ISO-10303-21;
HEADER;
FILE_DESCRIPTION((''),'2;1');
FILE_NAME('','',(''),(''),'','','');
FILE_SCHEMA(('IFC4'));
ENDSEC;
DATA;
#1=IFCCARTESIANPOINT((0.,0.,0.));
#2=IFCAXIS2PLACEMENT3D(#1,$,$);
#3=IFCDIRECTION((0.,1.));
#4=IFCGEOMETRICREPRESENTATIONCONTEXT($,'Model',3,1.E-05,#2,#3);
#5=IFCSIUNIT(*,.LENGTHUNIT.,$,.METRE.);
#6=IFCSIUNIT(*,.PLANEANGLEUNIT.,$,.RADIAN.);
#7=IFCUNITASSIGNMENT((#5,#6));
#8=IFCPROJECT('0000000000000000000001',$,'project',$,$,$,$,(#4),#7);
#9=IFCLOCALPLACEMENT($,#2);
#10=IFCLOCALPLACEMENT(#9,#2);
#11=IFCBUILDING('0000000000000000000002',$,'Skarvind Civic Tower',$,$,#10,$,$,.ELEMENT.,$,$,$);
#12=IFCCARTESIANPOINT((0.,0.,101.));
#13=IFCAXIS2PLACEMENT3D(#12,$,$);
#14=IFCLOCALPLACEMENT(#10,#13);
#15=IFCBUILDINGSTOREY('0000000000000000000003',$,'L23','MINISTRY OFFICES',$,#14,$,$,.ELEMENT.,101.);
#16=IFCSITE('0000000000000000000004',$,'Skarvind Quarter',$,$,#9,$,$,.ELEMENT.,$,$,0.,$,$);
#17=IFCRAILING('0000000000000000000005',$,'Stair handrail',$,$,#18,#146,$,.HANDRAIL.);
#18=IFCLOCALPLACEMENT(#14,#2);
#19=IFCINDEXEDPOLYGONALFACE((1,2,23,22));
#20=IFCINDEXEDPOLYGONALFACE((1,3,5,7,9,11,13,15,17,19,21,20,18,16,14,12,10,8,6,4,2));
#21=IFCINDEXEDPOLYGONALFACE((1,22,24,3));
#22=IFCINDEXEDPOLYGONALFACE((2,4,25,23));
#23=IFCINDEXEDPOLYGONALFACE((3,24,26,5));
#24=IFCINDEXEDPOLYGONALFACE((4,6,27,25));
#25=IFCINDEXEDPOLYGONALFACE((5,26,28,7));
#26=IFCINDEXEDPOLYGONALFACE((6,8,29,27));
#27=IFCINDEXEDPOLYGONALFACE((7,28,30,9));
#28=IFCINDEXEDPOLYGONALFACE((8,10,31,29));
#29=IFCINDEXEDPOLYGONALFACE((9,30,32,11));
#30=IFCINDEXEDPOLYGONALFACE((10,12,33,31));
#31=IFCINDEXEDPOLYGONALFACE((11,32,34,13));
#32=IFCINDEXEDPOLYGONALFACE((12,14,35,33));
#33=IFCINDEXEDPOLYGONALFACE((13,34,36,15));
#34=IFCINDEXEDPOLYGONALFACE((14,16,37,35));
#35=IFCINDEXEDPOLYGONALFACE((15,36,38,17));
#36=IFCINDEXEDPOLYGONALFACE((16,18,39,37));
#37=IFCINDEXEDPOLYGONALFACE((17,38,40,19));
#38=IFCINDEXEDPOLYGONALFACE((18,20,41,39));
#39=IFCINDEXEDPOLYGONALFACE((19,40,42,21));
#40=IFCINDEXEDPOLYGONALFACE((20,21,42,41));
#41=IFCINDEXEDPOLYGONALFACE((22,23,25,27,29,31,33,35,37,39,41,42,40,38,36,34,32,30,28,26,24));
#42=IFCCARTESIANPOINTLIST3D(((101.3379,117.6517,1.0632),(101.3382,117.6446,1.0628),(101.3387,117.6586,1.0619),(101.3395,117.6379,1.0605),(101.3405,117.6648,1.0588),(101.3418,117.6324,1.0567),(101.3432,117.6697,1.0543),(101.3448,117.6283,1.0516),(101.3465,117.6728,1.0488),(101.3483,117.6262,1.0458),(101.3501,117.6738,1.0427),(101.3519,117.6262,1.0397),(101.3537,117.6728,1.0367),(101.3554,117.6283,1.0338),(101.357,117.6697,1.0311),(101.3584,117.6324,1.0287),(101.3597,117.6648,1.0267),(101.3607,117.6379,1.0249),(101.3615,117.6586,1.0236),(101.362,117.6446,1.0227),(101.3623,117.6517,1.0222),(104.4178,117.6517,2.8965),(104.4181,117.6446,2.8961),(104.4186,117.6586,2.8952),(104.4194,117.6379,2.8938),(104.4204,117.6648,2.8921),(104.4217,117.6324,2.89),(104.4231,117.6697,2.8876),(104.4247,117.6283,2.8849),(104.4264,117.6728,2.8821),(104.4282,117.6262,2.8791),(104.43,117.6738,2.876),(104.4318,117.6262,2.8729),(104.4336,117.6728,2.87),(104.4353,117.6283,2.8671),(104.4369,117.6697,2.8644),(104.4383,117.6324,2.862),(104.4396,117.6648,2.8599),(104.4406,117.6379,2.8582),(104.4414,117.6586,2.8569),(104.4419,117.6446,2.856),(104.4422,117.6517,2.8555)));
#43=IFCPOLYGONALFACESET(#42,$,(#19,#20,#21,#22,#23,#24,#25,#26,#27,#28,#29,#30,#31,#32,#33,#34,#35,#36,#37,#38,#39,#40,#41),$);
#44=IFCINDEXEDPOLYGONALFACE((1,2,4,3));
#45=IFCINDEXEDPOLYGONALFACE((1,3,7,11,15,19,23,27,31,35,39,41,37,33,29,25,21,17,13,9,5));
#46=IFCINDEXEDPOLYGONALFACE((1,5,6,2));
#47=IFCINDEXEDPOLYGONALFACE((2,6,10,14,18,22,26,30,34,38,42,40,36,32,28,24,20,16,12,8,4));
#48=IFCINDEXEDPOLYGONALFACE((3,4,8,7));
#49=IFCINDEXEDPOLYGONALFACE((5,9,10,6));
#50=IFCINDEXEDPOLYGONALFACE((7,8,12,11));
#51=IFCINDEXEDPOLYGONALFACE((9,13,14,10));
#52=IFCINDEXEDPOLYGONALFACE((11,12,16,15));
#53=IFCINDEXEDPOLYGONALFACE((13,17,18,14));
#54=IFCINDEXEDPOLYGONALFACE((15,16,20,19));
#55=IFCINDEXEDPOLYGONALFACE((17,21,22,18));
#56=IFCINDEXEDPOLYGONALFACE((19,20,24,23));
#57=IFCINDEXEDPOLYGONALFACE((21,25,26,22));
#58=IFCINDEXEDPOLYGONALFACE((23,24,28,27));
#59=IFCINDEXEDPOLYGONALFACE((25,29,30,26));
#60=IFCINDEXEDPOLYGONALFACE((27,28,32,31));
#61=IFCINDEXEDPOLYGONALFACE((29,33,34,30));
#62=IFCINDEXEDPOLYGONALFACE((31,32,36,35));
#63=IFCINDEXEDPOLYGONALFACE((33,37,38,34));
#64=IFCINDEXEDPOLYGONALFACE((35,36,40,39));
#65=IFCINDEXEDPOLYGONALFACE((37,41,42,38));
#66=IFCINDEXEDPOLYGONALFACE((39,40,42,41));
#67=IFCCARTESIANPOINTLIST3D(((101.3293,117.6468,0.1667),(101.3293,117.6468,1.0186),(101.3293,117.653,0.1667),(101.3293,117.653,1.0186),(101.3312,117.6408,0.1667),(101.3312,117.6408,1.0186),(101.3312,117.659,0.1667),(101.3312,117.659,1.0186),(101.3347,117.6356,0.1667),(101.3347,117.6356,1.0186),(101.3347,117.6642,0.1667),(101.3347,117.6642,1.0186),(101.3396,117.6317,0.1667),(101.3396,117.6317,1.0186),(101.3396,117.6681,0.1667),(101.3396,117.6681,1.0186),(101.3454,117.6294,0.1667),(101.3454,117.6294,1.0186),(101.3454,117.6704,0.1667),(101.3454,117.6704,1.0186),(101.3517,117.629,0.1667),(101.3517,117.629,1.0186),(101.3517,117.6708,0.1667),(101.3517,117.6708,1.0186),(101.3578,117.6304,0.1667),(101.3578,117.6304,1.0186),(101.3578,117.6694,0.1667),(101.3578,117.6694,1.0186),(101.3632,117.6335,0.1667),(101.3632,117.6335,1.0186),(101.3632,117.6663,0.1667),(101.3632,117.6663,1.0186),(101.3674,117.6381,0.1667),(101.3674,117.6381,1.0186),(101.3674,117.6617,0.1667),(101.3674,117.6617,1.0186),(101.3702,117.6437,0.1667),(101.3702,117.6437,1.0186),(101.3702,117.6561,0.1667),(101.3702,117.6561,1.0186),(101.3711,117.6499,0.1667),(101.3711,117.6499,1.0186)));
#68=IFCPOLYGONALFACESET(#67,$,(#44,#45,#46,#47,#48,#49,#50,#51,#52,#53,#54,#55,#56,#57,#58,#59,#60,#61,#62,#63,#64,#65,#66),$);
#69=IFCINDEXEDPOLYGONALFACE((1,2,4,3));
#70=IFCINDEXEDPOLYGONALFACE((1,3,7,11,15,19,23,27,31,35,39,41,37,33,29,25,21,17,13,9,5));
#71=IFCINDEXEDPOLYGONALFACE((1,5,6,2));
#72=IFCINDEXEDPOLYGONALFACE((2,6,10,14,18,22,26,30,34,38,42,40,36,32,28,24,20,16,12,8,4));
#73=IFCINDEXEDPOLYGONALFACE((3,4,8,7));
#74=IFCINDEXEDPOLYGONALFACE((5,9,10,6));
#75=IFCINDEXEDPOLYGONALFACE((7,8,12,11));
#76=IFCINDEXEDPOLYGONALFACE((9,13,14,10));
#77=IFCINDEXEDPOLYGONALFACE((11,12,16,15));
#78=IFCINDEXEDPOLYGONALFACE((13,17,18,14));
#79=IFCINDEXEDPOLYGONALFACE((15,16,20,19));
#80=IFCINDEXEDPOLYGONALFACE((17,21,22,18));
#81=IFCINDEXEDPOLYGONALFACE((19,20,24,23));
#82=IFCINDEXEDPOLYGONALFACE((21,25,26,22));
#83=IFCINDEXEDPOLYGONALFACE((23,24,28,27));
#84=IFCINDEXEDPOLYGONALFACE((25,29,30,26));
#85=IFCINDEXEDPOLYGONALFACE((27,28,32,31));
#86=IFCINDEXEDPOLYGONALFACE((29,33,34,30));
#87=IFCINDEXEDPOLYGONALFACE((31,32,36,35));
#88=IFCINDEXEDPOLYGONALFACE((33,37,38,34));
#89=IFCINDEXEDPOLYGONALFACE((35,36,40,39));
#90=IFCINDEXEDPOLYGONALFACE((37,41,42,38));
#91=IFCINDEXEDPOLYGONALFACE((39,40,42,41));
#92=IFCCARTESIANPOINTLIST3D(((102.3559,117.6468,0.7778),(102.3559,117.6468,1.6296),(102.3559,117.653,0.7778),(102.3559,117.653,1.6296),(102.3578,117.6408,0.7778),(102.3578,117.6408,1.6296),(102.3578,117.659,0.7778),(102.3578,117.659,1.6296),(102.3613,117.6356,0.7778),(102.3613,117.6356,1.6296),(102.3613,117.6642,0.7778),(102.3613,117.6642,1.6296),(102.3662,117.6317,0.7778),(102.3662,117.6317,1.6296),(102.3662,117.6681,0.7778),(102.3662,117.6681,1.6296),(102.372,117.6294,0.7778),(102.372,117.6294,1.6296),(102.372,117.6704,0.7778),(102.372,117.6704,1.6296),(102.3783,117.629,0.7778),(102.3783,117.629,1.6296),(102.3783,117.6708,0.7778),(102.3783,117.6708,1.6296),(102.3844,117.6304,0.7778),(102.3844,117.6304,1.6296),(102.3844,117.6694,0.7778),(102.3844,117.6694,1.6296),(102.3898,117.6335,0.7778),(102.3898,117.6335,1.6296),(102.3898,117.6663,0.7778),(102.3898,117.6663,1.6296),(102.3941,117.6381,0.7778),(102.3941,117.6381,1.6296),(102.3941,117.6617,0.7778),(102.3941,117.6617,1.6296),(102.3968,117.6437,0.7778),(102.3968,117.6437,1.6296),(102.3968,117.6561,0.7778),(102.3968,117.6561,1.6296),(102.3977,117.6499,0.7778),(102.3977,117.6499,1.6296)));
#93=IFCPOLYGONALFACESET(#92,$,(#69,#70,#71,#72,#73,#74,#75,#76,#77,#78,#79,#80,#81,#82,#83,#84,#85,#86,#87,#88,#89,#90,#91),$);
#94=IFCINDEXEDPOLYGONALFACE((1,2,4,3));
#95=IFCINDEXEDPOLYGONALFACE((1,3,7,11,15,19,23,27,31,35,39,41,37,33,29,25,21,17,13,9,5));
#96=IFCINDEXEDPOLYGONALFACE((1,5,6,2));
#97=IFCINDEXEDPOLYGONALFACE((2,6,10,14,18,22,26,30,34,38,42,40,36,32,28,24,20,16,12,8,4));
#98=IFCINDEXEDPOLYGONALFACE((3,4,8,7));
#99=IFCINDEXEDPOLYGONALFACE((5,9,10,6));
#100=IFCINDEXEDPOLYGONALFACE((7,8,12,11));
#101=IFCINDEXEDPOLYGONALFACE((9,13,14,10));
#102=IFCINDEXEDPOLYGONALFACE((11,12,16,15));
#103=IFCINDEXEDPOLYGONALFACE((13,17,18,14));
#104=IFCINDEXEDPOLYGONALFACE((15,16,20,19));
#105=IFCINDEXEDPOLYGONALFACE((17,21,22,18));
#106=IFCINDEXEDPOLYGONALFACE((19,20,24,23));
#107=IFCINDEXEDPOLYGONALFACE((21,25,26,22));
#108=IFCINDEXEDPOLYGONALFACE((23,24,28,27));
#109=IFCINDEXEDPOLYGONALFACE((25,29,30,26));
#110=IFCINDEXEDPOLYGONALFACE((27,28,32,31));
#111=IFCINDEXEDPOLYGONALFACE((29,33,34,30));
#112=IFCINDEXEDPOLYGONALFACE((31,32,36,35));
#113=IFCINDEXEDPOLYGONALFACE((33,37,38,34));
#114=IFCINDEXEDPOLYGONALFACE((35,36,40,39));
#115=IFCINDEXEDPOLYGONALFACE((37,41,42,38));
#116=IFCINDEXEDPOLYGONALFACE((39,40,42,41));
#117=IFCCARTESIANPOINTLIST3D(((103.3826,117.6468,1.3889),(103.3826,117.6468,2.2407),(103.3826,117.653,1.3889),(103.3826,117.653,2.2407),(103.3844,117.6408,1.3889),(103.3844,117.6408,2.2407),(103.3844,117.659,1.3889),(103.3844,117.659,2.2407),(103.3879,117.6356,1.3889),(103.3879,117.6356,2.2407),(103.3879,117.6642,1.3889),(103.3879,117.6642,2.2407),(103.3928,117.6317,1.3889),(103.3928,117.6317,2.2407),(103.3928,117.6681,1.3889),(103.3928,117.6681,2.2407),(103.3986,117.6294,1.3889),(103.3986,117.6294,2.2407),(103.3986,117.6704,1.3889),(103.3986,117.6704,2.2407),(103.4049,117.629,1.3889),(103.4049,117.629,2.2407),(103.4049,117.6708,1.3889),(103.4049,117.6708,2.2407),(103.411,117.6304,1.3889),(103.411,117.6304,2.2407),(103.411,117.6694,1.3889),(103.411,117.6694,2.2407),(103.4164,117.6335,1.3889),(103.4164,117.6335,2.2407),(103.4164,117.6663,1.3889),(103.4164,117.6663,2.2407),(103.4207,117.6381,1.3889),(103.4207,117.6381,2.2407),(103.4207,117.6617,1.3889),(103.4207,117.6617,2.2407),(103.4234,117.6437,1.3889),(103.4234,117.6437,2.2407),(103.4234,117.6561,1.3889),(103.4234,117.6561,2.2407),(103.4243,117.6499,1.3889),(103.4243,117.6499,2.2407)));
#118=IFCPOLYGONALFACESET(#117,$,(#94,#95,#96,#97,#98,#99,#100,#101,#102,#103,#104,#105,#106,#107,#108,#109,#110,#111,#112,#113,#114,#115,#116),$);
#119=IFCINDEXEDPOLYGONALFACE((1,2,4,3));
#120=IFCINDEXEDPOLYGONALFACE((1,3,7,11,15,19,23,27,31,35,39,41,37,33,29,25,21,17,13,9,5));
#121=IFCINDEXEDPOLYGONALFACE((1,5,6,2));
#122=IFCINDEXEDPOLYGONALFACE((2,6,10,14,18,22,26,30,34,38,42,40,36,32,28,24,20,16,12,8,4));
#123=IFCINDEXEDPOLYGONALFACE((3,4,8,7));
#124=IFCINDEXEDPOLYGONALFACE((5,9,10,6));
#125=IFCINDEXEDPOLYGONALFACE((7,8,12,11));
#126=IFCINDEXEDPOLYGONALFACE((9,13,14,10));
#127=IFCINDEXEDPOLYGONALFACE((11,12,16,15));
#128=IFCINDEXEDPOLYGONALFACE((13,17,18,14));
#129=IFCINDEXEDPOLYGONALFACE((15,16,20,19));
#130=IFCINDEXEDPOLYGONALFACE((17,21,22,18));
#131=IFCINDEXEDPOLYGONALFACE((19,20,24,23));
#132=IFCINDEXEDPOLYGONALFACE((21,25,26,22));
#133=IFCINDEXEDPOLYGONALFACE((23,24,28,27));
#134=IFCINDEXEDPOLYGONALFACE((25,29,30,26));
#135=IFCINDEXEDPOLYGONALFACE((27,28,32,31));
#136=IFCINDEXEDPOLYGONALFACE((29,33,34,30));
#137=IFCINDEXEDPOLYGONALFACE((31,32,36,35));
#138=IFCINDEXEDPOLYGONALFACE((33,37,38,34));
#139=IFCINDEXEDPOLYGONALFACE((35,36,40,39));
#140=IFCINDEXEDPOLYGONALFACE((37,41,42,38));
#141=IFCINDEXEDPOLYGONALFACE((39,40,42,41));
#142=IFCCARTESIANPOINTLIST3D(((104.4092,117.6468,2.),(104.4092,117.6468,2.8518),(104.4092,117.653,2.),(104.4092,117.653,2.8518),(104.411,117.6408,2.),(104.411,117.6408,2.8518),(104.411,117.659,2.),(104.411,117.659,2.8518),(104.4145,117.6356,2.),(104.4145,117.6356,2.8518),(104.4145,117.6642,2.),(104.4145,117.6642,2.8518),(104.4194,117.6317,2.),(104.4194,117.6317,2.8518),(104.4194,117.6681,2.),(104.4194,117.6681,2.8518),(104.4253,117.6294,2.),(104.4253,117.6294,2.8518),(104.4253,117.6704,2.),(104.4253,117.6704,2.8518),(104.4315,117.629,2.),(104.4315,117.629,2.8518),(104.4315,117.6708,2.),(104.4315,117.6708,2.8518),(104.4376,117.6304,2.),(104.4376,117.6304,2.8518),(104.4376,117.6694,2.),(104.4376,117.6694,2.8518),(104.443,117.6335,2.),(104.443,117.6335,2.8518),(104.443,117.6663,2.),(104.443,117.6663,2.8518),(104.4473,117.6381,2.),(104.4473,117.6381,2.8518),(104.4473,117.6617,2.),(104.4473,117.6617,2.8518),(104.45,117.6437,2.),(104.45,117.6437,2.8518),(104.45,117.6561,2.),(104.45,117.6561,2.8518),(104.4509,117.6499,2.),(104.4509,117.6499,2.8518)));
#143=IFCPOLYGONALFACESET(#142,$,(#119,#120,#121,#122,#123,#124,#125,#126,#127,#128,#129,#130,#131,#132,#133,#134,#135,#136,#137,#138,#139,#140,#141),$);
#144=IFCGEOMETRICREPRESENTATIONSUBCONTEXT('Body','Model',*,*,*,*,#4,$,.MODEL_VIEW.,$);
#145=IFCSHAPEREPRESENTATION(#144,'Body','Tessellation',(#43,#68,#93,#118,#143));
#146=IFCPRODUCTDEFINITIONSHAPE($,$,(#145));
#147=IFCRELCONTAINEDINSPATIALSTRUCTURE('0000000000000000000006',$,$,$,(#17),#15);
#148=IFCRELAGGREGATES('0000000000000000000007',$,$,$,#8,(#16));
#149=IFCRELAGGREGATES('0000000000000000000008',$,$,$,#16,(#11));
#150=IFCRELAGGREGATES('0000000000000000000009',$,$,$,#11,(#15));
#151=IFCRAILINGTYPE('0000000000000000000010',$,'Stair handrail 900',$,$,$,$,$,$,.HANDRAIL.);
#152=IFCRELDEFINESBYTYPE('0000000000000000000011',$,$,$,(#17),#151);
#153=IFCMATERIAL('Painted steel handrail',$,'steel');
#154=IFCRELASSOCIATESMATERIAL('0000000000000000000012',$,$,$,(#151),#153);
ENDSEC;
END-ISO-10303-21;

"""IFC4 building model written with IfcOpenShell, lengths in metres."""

from ifc_helpers import new_model, si_unit, direction, frame, origin, origin_2d, place, context, subcontext, project, spatial, circle, extrude, material, type_object, element, save


model = new_model("IFC4")

# Units and contexts
model_context = context("Model", 3, precision=1e-05, world=origin(), true_north=direction((0.0, 1.0)))
body_context = subcontext(model_context, "Body", "Model", "MODEL_VIEW")
ifc_project = project(units=[si_unit("LENGTHUNIT", "METRE"), si_unit("PLANEANGLEUNIT", "RADIAN")], contexts=[model_context])

# Site, building, storey
site_placement = place(None, origin())
site = spatial("IfcSite", under=ifc_project, at=site_placement, Name="Skarvind Quarter", CompositionType="ELEMENT", RefElevation=0.0)
building_placement = place(site_placement, origin())
building = spatial("IfcBuilding", under=site, at=building_placement, Name="Skarvind Civic Tower", CompositionType="ELEMENT")
storey_placement = place(building_placement, frame((0.0, 0.0, 101.0)))
storey = spatial("IfcBuildingStorey", under=building, at=storey_placement, Name="L23", Description="MINISTRY OFFICES", CompositionType="ELEMENT", Elevation=101.0)

# Railing
ifc_material_1 = material(Name="Painted steel handrail", Category="steel")
railing_type = type_object("IfcRailingType", Name="Stair handrail 900", PredefinedType="HANDRAIL", material=ifc_material_1)
railing_1_placement = place(storey_placement, frame((101.3501, 117.6499, 0.1667)))
element("IfcRailing", 1, at=railing_1_placement, inside=storey, type_object=railing_type, Name="Stair handrail", PredefinedType="HANDRAIL", context=body_context, shape_type="SweptSolid", body=[
    extrude(circle(Radius=0.0239, at=origin_2d()), frame((0.0, 0.0, 0.876), z_axis=(0.859291, 0.0, 0.511487), x_axis=(0.0, 1.0, 0.0)), (0.0, 0.0, 1.0), 3.5842),
    extrude(circle(Radius=0.021, at=origin_2d()), origin(), (0.0, 0.0, 1.0), 0.8518),
    extrude(circle(Radius=0.021, at=origin_2d()), frame((1.0266, 0.0, 0.6111)), (0.0, 0.0, 1.0), 0.8518),
    extrude(circle(Radius=0.021, at=origin_2d()), frame((2.0532, 0.0, 1.2222)), (0.0, 0.0, 1.0), 0.8518),
    extrude(circle(Radius=0.021, at=origin_2d()), frame((3.0798, 0.0, 1.8333)), (0.0, 0.0, 1.0), 0.8518),
])

save(model, "model.ifc")
